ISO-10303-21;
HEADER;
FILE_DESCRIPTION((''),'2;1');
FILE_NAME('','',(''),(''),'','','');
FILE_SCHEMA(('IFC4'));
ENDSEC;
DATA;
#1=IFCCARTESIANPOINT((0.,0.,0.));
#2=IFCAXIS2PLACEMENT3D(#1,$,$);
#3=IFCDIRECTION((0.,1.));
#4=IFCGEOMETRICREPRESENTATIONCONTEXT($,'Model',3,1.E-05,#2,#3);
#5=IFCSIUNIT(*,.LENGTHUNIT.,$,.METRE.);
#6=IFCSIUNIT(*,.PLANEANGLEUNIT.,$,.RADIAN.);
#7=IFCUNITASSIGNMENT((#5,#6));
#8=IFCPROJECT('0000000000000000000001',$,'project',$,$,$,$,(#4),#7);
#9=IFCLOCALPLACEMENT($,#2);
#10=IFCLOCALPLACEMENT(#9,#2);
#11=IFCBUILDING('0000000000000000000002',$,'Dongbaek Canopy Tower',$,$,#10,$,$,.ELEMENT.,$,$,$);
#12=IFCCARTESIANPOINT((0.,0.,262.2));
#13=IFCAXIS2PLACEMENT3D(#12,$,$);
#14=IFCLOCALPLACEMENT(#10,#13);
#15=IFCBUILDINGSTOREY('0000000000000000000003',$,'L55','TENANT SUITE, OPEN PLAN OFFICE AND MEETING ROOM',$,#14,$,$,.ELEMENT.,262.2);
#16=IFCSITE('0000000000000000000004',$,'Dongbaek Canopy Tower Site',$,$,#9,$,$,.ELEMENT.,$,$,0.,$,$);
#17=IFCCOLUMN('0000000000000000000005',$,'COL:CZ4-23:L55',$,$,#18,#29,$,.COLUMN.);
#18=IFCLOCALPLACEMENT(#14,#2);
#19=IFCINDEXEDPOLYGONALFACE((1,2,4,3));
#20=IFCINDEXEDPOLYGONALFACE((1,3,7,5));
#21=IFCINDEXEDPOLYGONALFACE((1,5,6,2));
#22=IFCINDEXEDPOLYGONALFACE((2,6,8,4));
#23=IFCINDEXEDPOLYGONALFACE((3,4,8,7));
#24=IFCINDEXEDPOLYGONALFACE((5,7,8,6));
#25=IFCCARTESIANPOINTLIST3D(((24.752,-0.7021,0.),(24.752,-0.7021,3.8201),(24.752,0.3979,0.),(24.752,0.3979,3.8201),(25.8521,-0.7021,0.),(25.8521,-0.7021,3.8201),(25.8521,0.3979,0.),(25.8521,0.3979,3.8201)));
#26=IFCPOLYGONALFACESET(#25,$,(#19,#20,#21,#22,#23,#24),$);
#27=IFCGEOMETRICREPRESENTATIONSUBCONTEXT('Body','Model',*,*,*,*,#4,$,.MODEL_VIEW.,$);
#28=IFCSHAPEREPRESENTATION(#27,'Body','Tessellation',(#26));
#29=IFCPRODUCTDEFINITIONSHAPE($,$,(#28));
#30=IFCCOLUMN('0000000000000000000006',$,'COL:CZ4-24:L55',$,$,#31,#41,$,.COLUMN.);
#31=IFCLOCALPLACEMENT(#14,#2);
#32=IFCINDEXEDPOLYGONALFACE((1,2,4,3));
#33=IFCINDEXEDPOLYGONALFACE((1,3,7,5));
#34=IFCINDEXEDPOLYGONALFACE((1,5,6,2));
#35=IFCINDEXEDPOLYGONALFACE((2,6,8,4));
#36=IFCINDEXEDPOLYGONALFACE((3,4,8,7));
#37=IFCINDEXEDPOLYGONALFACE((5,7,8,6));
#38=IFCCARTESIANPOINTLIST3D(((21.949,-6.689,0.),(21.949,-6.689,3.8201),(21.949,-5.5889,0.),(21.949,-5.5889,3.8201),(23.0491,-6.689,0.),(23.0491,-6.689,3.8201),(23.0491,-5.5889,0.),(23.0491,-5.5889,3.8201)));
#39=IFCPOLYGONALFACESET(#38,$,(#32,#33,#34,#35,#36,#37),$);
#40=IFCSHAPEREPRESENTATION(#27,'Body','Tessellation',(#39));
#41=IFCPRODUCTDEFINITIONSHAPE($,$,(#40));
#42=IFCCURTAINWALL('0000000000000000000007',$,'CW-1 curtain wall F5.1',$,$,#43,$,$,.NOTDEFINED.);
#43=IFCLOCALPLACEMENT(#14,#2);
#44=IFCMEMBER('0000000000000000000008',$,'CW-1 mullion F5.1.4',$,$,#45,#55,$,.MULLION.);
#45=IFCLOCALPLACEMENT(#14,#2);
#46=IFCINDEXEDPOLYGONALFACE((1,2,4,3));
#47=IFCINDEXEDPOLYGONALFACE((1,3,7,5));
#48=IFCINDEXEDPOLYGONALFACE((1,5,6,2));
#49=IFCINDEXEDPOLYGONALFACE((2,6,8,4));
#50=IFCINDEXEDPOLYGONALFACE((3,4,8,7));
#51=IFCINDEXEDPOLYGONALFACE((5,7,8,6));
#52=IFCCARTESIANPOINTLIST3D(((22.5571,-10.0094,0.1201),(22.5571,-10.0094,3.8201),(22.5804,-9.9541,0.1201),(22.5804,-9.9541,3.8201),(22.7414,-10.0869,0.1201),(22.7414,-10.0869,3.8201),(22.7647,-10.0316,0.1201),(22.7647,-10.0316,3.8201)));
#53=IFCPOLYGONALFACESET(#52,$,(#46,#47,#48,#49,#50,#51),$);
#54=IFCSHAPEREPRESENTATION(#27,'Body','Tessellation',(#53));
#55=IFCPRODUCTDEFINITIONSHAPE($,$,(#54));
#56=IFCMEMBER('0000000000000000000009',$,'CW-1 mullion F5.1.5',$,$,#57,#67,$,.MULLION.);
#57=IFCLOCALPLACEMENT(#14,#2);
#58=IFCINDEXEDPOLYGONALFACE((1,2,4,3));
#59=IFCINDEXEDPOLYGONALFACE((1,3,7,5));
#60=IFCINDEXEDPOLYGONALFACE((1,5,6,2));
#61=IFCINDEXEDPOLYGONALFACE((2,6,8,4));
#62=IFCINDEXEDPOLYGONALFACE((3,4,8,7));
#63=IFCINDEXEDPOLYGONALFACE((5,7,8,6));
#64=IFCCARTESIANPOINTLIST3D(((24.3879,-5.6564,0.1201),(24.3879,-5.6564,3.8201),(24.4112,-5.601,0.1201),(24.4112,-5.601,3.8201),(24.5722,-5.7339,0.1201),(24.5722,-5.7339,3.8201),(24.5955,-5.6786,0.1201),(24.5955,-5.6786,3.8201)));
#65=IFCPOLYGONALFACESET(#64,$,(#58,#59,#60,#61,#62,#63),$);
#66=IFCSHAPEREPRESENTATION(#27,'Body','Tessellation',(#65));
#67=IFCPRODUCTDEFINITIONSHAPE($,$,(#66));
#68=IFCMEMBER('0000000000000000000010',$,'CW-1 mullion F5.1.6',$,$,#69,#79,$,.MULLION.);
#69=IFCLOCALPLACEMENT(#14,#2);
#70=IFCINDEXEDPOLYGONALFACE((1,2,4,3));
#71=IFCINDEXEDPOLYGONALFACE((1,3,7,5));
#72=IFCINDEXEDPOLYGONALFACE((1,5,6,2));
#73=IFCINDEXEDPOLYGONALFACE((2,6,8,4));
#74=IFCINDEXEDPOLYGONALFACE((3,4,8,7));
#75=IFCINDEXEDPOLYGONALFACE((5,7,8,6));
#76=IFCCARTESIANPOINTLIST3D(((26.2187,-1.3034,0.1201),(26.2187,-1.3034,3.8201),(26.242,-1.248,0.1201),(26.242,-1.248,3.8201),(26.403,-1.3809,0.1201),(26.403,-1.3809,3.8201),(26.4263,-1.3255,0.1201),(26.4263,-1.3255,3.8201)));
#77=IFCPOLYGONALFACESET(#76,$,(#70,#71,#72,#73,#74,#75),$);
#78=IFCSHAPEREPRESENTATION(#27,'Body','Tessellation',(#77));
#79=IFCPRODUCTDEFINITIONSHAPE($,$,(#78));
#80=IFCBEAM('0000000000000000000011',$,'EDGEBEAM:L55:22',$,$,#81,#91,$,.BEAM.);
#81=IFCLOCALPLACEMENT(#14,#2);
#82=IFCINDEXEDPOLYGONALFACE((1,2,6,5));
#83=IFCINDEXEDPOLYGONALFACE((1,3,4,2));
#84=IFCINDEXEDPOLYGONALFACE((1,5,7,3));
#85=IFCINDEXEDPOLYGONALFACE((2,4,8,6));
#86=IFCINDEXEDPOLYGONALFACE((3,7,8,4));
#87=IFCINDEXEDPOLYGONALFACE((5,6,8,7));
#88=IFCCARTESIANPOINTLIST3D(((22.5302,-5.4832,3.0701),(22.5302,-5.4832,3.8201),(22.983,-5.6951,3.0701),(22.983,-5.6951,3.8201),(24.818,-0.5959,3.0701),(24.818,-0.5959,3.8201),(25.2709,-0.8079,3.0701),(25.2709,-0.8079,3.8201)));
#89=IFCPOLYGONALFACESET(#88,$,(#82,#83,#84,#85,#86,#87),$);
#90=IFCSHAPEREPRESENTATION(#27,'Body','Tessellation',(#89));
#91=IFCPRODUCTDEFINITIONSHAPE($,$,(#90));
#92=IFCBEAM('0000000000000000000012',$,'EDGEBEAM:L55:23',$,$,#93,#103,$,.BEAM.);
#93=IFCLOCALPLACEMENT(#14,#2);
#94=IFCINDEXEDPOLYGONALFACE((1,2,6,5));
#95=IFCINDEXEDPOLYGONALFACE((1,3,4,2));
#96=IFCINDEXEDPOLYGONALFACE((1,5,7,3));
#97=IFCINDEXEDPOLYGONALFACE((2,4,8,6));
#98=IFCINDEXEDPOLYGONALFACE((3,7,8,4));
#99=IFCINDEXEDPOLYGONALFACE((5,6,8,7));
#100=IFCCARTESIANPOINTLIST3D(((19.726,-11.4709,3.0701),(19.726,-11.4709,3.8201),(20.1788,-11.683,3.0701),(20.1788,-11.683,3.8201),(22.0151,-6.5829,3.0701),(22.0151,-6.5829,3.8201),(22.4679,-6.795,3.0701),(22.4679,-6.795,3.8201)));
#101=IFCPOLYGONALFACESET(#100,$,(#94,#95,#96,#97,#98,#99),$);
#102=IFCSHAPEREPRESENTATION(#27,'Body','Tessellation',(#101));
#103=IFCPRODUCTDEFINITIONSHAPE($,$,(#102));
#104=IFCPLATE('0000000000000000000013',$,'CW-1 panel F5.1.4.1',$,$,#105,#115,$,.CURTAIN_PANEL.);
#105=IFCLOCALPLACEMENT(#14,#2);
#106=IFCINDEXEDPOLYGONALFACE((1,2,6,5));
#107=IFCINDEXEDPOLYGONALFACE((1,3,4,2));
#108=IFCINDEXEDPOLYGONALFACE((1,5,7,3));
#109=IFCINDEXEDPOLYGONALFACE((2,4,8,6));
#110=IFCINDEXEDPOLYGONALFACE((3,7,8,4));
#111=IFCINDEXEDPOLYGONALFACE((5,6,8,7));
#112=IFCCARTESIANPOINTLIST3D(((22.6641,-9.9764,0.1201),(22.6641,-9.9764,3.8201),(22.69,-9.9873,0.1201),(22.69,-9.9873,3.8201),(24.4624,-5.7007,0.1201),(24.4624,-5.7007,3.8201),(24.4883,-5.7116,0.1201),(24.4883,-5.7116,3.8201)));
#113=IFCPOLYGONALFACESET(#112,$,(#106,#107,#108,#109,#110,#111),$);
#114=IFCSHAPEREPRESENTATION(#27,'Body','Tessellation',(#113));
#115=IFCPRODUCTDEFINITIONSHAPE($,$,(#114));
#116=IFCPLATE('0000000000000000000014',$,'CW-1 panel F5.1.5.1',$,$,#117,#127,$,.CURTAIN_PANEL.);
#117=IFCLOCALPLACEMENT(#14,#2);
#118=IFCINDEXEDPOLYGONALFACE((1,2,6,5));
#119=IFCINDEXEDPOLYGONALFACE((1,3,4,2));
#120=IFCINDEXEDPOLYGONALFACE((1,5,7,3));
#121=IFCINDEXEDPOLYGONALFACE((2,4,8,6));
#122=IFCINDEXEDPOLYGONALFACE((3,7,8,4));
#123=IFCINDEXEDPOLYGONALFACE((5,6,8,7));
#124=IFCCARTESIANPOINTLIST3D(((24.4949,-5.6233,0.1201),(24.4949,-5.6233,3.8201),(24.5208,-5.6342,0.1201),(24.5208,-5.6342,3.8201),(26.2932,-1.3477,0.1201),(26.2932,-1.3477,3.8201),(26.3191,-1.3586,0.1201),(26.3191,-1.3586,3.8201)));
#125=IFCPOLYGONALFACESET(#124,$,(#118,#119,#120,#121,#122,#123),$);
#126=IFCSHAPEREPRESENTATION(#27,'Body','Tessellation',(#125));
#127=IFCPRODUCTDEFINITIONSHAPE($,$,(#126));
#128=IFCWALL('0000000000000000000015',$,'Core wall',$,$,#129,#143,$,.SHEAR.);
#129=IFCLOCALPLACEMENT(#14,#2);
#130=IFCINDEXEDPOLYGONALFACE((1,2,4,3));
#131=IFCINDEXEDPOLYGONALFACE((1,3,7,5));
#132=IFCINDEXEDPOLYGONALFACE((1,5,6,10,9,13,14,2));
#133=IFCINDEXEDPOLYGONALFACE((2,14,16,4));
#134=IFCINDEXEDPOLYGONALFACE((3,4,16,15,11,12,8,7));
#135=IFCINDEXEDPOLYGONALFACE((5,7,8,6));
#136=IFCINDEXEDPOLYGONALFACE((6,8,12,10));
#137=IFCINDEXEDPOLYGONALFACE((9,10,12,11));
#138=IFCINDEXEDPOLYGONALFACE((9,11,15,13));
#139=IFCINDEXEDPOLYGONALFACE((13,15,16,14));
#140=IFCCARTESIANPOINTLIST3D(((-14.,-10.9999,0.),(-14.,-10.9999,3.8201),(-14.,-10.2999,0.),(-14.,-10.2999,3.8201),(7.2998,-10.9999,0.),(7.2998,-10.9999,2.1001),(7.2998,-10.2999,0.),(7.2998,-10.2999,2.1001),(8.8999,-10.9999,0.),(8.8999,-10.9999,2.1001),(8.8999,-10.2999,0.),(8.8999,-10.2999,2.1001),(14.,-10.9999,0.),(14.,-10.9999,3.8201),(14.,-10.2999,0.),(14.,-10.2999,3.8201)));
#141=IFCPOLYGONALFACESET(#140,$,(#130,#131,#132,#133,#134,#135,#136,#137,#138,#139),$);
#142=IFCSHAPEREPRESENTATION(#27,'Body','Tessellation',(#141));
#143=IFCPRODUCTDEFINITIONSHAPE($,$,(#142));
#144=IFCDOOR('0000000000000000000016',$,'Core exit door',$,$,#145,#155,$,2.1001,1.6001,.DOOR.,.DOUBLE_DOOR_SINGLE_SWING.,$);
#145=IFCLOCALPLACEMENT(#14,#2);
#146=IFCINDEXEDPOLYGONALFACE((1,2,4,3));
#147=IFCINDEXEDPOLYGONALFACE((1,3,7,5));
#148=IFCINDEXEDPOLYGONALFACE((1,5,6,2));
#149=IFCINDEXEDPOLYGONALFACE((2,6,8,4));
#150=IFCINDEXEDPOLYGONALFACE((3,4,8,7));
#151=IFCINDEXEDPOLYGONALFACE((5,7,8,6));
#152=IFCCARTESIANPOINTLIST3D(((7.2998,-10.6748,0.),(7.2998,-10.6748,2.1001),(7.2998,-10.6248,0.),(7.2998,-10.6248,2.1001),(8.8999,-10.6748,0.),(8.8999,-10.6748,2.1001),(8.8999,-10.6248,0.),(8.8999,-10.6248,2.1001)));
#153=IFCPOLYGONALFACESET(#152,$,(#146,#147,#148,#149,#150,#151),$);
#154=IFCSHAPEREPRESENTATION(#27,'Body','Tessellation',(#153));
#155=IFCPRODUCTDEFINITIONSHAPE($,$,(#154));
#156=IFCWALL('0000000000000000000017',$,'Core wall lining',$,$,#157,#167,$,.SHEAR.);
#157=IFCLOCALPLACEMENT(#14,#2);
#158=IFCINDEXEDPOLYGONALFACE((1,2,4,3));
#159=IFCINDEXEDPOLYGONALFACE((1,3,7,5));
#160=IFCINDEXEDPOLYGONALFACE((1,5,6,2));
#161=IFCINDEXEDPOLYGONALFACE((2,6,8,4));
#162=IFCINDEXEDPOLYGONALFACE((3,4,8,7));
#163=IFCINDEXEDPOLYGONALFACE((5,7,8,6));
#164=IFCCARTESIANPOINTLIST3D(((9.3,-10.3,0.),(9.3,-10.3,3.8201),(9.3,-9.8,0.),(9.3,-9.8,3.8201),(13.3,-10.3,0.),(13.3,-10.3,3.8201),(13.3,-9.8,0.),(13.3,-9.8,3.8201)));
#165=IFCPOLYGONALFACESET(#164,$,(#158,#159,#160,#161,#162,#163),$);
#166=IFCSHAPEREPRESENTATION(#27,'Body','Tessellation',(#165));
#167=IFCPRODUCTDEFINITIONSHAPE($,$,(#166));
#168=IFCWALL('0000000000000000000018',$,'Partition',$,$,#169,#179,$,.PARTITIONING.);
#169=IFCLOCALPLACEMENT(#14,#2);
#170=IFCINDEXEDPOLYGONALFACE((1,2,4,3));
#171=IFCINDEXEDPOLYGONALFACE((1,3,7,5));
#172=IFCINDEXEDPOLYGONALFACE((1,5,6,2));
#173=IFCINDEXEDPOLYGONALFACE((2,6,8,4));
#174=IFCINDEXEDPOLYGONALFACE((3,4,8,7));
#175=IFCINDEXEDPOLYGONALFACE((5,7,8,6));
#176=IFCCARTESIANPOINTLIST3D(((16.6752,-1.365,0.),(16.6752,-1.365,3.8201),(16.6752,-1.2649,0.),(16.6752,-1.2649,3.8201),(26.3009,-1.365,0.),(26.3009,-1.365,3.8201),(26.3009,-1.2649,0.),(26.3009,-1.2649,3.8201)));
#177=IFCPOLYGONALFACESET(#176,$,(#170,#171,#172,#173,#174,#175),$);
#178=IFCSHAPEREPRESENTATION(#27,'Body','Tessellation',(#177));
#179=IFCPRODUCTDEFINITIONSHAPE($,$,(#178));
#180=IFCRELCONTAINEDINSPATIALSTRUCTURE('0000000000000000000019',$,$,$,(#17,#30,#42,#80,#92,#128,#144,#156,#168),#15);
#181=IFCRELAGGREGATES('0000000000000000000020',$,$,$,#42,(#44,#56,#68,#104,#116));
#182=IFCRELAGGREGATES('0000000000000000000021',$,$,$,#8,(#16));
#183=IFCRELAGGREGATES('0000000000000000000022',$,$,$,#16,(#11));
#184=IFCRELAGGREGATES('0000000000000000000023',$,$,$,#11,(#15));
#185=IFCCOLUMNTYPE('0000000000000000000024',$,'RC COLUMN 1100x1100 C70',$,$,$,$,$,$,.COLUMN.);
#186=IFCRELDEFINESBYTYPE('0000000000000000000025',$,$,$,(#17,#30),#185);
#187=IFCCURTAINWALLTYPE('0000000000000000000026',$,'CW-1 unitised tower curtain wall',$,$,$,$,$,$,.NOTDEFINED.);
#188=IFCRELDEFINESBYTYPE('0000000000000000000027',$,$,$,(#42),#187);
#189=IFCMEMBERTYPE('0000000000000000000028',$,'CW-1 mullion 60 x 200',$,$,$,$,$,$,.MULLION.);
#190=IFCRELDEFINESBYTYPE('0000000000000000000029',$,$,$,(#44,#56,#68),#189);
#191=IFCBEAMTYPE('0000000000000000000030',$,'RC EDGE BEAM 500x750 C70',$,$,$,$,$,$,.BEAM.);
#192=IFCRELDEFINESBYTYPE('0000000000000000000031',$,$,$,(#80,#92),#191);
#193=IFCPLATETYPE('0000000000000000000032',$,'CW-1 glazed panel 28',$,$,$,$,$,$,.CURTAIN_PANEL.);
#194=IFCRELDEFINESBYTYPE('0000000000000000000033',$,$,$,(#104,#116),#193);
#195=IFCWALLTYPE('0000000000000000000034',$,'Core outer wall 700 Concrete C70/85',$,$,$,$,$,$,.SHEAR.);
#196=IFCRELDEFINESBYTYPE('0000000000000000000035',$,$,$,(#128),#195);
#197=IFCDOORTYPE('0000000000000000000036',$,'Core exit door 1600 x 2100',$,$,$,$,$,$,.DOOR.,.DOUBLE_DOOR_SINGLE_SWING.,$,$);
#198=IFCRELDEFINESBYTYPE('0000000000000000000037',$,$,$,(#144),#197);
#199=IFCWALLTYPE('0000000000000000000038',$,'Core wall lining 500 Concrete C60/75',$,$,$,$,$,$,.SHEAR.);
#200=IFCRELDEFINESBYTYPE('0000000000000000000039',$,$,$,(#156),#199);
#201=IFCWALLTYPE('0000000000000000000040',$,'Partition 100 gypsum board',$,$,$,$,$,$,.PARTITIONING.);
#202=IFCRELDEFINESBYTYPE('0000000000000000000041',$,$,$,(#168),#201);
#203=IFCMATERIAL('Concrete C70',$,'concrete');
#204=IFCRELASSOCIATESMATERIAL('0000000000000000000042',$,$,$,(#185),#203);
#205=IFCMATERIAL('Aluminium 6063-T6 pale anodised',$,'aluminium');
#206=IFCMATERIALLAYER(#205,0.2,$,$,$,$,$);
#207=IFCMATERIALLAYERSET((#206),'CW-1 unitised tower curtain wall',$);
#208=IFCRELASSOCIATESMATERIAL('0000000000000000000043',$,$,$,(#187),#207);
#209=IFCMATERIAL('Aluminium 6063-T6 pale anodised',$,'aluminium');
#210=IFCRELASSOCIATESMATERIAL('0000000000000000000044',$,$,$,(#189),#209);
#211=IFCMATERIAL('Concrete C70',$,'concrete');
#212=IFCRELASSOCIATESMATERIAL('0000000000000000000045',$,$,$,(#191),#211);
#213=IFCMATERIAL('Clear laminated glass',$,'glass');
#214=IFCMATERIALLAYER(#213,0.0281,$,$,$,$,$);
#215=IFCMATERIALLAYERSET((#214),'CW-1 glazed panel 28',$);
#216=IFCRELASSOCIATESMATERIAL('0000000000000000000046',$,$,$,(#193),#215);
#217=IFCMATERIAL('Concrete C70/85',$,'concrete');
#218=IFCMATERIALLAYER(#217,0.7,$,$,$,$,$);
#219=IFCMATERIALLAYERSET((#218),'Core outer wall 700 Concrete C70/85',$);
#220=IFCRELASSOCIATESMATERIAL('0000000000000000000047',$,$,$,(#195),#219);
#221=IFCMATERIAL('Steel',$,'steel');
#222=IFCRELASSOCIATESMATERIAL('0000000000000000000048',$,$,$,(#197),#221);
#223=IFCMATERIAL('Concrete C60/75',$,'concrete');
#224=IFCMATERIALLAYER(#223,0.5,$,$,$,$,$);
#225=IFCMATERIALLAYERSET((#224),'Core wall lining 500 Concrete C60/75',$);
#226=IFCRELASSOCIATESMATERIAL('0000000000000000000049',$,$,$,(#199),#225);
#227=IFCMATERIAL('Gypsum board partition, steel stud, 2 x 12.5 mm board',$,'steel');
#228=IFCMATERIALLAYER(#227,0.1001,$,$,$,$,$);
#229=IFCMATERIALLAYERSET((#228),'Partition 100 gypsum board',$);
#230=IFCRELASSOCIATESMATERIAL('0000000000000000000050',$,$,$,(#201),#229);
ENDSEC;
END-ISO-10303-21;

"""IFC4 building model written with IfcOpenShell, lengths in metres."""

from ifc_helpers import new_model, si_unit, direction, frame, frame_2d, origin, origin_2d, place, context, subcontext, project, spatial, rectangle, extrude, material, layer, layer_set, material_profile, profile_set, type_object, element, fill, aggregate, save


model = new_model("IFC4")

# Units and contexts
model_context = context("Model", 3, precision=1e-05, world=origin(), true_north=direction((0.0, 1.0)))
body_context = subcontext(model_context, "Body", "Model", "MODEL_VIEW")
ifc_project = project(units=[si_unit("LENGTHUNIT", "METRE"), si_unit("PLANEANGLEUNIT", "RADIAN")], contexts=[model_context])

# Site, building, storey
site_placement = place(None, origin())
site = spatial("IfcSite", under=ifc_project, at=site_placement, Name="Dongbaek Canopy Tower Site", CompositionType="ELEMENT", RefElevation=0.0)
building_placement = place(site_placement, origin())
building = spatial("IfcBuilding", under=site, at=building_placement, Name="Dongbaek Canopy Tower", CompositionType="ELEMENT")
storey_placement = place(building_placement, frame((0.0, 0.0, 262.2)))
storey = spatial("IfcBuildingStorey", under=building, at=storey_placement, Name="L55", Description="TENANT SUITE, OPEN PLAN OFFICE AND MEETING ROOM", CompositionType="ELEMENT", Elevation=262.2)

# Columns
ifc_material_1 = material(Name="Concrete C70", Category="concrete")
ifc_material_profile_1 = material_profile(ifc_material_1, rectangle(XDim=1.1001, YDim=1.1001, at=origin_2d()), Name="RC COLUMN 1100x1100 C70")
ifc_profile_set_1 = profile_set([ifc_material_profile_1], Name="Concrete C70")
column_type = type_object("IfcColumnType", Name="RC COLUMN 1100x1100 C70", PredefinedType="COLUMN", material=ifc_profile_set_1)
for number, where, z_axis, x_axis, name in (
    (1, (25.302, -0.1521, 0.0), (0.0, 0.0, 1.0), (1.0, 0.0, 0.0), "COL:CZ4-23:L55"),
    (2, (22.499, -6.1389, 0.0), (0.0, 0.0, 1.0), (1.0, 0.0, 0.0), "COL:CZ4-24:L55"),
):
    element("IfcColumn", number, at=place(storey_placement, frame(where, z_axis=z_axis, x_axis=x_axis)), inside=storey, type_object=column_type, Name=name, PredefinedType="COLUMN", context=body_context, shape_type="SweptSolid", body=[
        extrude(rectangle(XDim=1.1001, YDim=1.1001, at=origin_2d()), origin(), (0.0, 0.0, 1.0), 3.8201),
    ])

# Curtain wall, members
ifc_material_2 = material(Name="Aluminium 6063-T6 pale anodised", Category="aluminium")
ifc_layer_1 = layer(ifc_material_2, 0.2)
ifc_layer_set_1 = layer_set([ifc_layer_1], Name="CW-1 unitised tower curtain wall")
curtain_wall_type = type_object("IfcCurtainWallType", Name="CW-1 unitised tower curtain wall", PredefinedType="NOTDEFINED", material=ifc_layer_set_1)
curtain_wall_placement = place(storey_placement, origin())
curtain_wall = element("IfcCurtainWall", 3, at=curtain_wall_placement, inside=storey, type_object=curtain_wall_type, Name="CW-1 curtain wall F5.1", PredefinedType="NOTDEFINED")
ifc_material_3 = material(Name="Aluminium 6063-T6 pale anodised", Category="aluminium")
ifc_material_profile_2 = material_profile(ifc_material_3, rectangle(XDim=0.2, YDim=0.0601, at=origin_2d()), Name="CW-1 mullion 60 x 200")
ifc_profile_set_2 = profile_set([ifc_material_profile_2], Name="Aluminium 6063-T6 pale anodised")
member_type = type_object("IfcMemberType", Name="CW-1 mullion 60 x 200", PredefinedType="MULLION", material=ifc_profile_set_2)
member_1_placement = place(storey_placement, frame((22.6609, -10.0205, 0.1201), z_axis=(0.0, 0.0, 1.0), x_axis=(0.921787, -0.387696, 0.0)))
member_1 = element("IfcMember", 4, at=member_1_placement, type_object=member_type, Name="CW-1 mullion F5.1.4", PredefinedType="MULLION", context=body_context, shape_type="SweptSolid", body=[
    extrude(rectangle(XDim=0.2, YDim=0.0601, at=origin_2d()), origin(), (0.0, 0.0, 1.0), 3.7),
])
member_2_placement = place(storey_placement, frame((24.4917, -5.6675, 0.1201), z_axis=(0.0, 0.0, 1.0), x_axis=(0.921787, -0.387696, 0.0)))
member_2 = element("IfcMember", 5, at=member_2_placement, type_object=member_type, Name="CW-1 mullion F5.1.5", PredefinedType="MULLION", context=body_context, shape_type="SweptSolid", body=[
    extrude(rectangle(XDim=0.2, YDim=0.0601, at=origin_2d()), origin(), (0.0, 0.0, 1.0), 3.7),
])
member_3_placement = place(storey_placement, frame((26.3225, -1.3145, 0.1201), z_axis=(0.0, 0.0, 1.0), x_axis=(0.921787, -0.387696, 0.0)))
member_3 = element("IfcMember", 6, at=member_3_placement, type_object=member_type, Name="CW-1 mullion F5.1.6", PredefinedType="MULLION", context=body_context, shape_type="SweptSolid", body=[
    extrude(rectangle(XDim=0.2, YDim=0.0601, at=origin_2d()), origin(), (0.0, 0.0, 1.0), 3.7),
])

# Beams
ifc_material_4 = material(Name="Concrete C70", Category="concrete")
ifc_material_profile_3 = material_profile(ifc_material_4, rectangle(XDim=0.5, YDim=0.75, at=origin_2d()), Name="RC EDGE BEAM 500x750 C70")
ifc_profile_set_3 = profile_set([ifc_material_profile_3], Name="Concrete C70")
beam_type = type_object("IfcBeamType", Name="RC EDGE BEAM 500x750 C70", PredefinedType="BEAM", material=ifc_profile_set_3)
beam_1_placement = place(storey_placement, frame((25.0444, -0.7019, 3.4451), z_axis=(-0.423972, -0.905675, 0.0), x_axis=(0.905675, -0.423972, 0.0)))
element("IfcBeam", 7, at=beam_1_placement, inside=storey, type_object=beam_type, Name="EDGEBEAM:L55:22", PredefinedType="BEAM", context=body_context, shape_type="SweptSolid", body=[
    extrude(rectangle(XDim=0.5, YDim=0.75, at=origin_2d()), origin(), (0.0, 0.0, 1.0), 5.3962),
])
beam_2_placement = place(storey_placement, frame((22.2415, -6.689, 3.4451), z_axis=(-0.424106, -0.905613, 0.0), x_axis=(0.905613, -0.424106, 0.0)))
element("IfcBeam", 8, at=beam_2_placement, inside=storey, type_object=beam_type, Name="EDGEBEAM:L55:23", PredefinedType="BEAM", context=body_context, shape_type="SweptSolid", body=[
    extrude(rectangle(XDim=0.5, YDim=0.75, at=origin_2d()), origin(), (0.0, 0.0, 1.0), 5.3975),
])

# Plates
ifc_material_5 = material(Name="Clear laminated glass", Category="glass")
ifc_layer_2 = layer(ifc_material_5, 0.0281)
ifc_layer_set_2 = layer_set([ifc_layer_2], Name="CW-1 glazed panel 28")
plate_type = type_object("IfcPlateType", Name="CW-1 glazed panel 28", PredefinedType="CURTAIN_PANEL", material=ifc_layer_set_2)
plate_1_placement = place(storey_placement, frame((23.5762, -7.844, 0.1201), z_axis=(0.0, 0.0, 1.0), x_axis=(0.387696, 0.921787, 0.0)))
plate_1 = element("IfcPlate", 9, at=plate_1_placement, type_object=plate_type, Name="CW-1 panel F5.1.4.1", PredefinedType="CURTAIN_PANEL", context=body_context, shape_type="SweptSolid", body=[
    extrude(rectangle(XDim=4.6384, YDim=0.0281, at=origin_2d()), origin(), (0.0, 0.0, 1.0), 3.7),
])
plate_2_placement = place(storey_placement, frame((25.407, -3.491, 0.1201), z_axis=(0.0, 0.0, 1.0), x_axis=(0.387696, 0.921787, 0.0)))
plate_2 = element("IfcPlate", 10, at=plate_2_placement, type_object=plate_type, Name="CW-1 panel F5.1.5.1", PredefinedType="CURTAIN_PANEL", context=body_context, shape_type="SweptSolid", body=[
    extrude(rectangle(XDim=4.6384, YDim=0.0281, at=origin_2d()), origin(), (0.0, 0.0, 1.0), 3.7),
])

# Wall, opening, door
ifc_material_6 = material(Name="Concrete C70/85", Category="concrete")
ifc_layer_3 = layer(ifc_material_6, 0.7)
ifc_layer_set_3 = layer_set([ifc_layer_3], Name="Core outer wall 700 Concrete C70/85")
wall_type_1 = type_object("IfcWallType", Name="Core outer wall 700 Concrete C70/85", PredefinedType="SHEAR", material=ifc_layer_set_3)
wall_1_placement = place(storey_placement, frame((14.0, -10.6499, 0.0), z_axis=(0.0, 0.0, 1.0), x_axis=(-1.0, 0.0, 0.0)))
wall_1 = element("IfcWall", 11, at=wall_1_placement, inside=storey, type_object=wall_type_1, Name="Core wall", PredefinedType="SHEAR", context=body_context, shape_type="SweptSolid", body=[
    extrude(rectangle(XDim=28.0, YDim=0.7, at=frame_2d((14.0, 0.0))), origin(), (0.0, 0.0, 1.0), 3.8201),
])
opening_placement = place(wall_1_placement, frame((5.1001, 0.0, 0.0)))
opening = element("IfcOpeningElement", 12, at=opening_placement, cuts=wall_1, PredefinedType="OPENING", context=body_context, shape_type="SweptSolid", body=[
    extrude(rectangle(XDim=1.6001, YDim=2.1001, at=frame_2d((0.8, 1.05))), frame((0.0, 0.3599, 0.0), z_axis=(0.0, -1.0, 0.0), x_axis=(1.0, 0.0, 0.0)), (0.0, 0.0, 1.0), 0.72),
])
ifc_material_7 = material(Name="Steel", Category="steel")
door_type = type_object("IfcDoorType", Name="Core exit door 1600 x 2100", OperationType="DOUBLE_DOOR_SINGLE_SWING", PredefinedType="DOOR", material=ifc_material_7)
door_placement = place(opening_placement, origin())
door = element("IfcDoor", 13, at=door_placement, inside=storey, type_object=door_type, Name="Core exit door", OperationType="DOUBLE_DOOR_SINGLE_SWING", OverallHeight=2.1001, OverallWidth=1.6001, PredefinedType="DOOR", context=body_context, shape_type="SweptSolid", body=[
    extrude(rectangle(XDim=1.6001, YDim=2.1001, at=frame_2d((0.8, 1.05))), frame((0.0, 0.0249, 0.0), z_axis=(0.0, -1.0, 0.0), x_axis=(1.0, 0.0, 0.0)), (0.0, 0.0, 1.0), 0.05),
])
fill(opening, door)

# Walls
ifc_material_8 = material(Name="Concrete C60/75", Category="concrete")
ifc_layer_4 = layer(ifc_material_8, 0.5)
ifc_layer_set_4 = layer_set([ifc_layer_4], Name="Core wall lining 500 Concrete C60/75")
wall_type_2 = type_object("IfcWallType", Name="Core wall lining 500 Concrete C60/75", PredefinedType="SHEAR", material=ifc_layer_set_4)
wall_2_placement = place(storey_placement, frame((13.3, -10.05, 0.0), z_axis=(0.0, 0.0, 1.0), x_axis=(-1.0, 0.0, 0.0)))
element("IfcWall", 14, at=wall_2_placement, inside=storey, type_object=wall_type_2, Name="Core wall lining", PredefinedType="SHEAR", context=body_context, shape_type="SweptSolid", body=[
    extrude(rectangle(XDim=4.0, YDim=0.5, at=frame_2d((2.0, 0.0))), origin(), (0.0, 0.0, 1.0), 3.8201),
])
ifc_material_9 = material(Name="Gypsum board partition, steel stud, 2 x 12.5 mm board", Category="steel")
ifc_layer_5 = layer(ifc_material_9, 0.1001)
ifc_layer_set_5 = layer_set([ifc_layer_5], Name="Partition 100 gypsum board")
wall_type_3 = type_object("IfcWallType", Name="Partition 100 gypsum board", PredefinedType="PARTITIONING", material=ifc_layer_set_5)
wall_3_placement = place(storey_placement, frame((16.675, -1.3149, 0.0), z_axis=(0.0, 0.0, 1.0), x_axis=(1.0, 0.0, 0.0)))
element("IfcWall", 15, at=wall_3_placement, inside=storey, type_object=wall_type_3, Name="Partition", PredefinedType="PARTITIONING", context=body_context, shape_type="SweptSolid", body=[
    extrude(rectangle(XDim=9.6257, YDim=0.1001, at=frame_2d((4.813, 0.0))), origin(), (0.0, 0.0, 1.0), 3.8201),
])

aggregate(curtain_wall, [member_1, member_2, member_3, plate_1, plate_2])

save(model, "model.ifc")
